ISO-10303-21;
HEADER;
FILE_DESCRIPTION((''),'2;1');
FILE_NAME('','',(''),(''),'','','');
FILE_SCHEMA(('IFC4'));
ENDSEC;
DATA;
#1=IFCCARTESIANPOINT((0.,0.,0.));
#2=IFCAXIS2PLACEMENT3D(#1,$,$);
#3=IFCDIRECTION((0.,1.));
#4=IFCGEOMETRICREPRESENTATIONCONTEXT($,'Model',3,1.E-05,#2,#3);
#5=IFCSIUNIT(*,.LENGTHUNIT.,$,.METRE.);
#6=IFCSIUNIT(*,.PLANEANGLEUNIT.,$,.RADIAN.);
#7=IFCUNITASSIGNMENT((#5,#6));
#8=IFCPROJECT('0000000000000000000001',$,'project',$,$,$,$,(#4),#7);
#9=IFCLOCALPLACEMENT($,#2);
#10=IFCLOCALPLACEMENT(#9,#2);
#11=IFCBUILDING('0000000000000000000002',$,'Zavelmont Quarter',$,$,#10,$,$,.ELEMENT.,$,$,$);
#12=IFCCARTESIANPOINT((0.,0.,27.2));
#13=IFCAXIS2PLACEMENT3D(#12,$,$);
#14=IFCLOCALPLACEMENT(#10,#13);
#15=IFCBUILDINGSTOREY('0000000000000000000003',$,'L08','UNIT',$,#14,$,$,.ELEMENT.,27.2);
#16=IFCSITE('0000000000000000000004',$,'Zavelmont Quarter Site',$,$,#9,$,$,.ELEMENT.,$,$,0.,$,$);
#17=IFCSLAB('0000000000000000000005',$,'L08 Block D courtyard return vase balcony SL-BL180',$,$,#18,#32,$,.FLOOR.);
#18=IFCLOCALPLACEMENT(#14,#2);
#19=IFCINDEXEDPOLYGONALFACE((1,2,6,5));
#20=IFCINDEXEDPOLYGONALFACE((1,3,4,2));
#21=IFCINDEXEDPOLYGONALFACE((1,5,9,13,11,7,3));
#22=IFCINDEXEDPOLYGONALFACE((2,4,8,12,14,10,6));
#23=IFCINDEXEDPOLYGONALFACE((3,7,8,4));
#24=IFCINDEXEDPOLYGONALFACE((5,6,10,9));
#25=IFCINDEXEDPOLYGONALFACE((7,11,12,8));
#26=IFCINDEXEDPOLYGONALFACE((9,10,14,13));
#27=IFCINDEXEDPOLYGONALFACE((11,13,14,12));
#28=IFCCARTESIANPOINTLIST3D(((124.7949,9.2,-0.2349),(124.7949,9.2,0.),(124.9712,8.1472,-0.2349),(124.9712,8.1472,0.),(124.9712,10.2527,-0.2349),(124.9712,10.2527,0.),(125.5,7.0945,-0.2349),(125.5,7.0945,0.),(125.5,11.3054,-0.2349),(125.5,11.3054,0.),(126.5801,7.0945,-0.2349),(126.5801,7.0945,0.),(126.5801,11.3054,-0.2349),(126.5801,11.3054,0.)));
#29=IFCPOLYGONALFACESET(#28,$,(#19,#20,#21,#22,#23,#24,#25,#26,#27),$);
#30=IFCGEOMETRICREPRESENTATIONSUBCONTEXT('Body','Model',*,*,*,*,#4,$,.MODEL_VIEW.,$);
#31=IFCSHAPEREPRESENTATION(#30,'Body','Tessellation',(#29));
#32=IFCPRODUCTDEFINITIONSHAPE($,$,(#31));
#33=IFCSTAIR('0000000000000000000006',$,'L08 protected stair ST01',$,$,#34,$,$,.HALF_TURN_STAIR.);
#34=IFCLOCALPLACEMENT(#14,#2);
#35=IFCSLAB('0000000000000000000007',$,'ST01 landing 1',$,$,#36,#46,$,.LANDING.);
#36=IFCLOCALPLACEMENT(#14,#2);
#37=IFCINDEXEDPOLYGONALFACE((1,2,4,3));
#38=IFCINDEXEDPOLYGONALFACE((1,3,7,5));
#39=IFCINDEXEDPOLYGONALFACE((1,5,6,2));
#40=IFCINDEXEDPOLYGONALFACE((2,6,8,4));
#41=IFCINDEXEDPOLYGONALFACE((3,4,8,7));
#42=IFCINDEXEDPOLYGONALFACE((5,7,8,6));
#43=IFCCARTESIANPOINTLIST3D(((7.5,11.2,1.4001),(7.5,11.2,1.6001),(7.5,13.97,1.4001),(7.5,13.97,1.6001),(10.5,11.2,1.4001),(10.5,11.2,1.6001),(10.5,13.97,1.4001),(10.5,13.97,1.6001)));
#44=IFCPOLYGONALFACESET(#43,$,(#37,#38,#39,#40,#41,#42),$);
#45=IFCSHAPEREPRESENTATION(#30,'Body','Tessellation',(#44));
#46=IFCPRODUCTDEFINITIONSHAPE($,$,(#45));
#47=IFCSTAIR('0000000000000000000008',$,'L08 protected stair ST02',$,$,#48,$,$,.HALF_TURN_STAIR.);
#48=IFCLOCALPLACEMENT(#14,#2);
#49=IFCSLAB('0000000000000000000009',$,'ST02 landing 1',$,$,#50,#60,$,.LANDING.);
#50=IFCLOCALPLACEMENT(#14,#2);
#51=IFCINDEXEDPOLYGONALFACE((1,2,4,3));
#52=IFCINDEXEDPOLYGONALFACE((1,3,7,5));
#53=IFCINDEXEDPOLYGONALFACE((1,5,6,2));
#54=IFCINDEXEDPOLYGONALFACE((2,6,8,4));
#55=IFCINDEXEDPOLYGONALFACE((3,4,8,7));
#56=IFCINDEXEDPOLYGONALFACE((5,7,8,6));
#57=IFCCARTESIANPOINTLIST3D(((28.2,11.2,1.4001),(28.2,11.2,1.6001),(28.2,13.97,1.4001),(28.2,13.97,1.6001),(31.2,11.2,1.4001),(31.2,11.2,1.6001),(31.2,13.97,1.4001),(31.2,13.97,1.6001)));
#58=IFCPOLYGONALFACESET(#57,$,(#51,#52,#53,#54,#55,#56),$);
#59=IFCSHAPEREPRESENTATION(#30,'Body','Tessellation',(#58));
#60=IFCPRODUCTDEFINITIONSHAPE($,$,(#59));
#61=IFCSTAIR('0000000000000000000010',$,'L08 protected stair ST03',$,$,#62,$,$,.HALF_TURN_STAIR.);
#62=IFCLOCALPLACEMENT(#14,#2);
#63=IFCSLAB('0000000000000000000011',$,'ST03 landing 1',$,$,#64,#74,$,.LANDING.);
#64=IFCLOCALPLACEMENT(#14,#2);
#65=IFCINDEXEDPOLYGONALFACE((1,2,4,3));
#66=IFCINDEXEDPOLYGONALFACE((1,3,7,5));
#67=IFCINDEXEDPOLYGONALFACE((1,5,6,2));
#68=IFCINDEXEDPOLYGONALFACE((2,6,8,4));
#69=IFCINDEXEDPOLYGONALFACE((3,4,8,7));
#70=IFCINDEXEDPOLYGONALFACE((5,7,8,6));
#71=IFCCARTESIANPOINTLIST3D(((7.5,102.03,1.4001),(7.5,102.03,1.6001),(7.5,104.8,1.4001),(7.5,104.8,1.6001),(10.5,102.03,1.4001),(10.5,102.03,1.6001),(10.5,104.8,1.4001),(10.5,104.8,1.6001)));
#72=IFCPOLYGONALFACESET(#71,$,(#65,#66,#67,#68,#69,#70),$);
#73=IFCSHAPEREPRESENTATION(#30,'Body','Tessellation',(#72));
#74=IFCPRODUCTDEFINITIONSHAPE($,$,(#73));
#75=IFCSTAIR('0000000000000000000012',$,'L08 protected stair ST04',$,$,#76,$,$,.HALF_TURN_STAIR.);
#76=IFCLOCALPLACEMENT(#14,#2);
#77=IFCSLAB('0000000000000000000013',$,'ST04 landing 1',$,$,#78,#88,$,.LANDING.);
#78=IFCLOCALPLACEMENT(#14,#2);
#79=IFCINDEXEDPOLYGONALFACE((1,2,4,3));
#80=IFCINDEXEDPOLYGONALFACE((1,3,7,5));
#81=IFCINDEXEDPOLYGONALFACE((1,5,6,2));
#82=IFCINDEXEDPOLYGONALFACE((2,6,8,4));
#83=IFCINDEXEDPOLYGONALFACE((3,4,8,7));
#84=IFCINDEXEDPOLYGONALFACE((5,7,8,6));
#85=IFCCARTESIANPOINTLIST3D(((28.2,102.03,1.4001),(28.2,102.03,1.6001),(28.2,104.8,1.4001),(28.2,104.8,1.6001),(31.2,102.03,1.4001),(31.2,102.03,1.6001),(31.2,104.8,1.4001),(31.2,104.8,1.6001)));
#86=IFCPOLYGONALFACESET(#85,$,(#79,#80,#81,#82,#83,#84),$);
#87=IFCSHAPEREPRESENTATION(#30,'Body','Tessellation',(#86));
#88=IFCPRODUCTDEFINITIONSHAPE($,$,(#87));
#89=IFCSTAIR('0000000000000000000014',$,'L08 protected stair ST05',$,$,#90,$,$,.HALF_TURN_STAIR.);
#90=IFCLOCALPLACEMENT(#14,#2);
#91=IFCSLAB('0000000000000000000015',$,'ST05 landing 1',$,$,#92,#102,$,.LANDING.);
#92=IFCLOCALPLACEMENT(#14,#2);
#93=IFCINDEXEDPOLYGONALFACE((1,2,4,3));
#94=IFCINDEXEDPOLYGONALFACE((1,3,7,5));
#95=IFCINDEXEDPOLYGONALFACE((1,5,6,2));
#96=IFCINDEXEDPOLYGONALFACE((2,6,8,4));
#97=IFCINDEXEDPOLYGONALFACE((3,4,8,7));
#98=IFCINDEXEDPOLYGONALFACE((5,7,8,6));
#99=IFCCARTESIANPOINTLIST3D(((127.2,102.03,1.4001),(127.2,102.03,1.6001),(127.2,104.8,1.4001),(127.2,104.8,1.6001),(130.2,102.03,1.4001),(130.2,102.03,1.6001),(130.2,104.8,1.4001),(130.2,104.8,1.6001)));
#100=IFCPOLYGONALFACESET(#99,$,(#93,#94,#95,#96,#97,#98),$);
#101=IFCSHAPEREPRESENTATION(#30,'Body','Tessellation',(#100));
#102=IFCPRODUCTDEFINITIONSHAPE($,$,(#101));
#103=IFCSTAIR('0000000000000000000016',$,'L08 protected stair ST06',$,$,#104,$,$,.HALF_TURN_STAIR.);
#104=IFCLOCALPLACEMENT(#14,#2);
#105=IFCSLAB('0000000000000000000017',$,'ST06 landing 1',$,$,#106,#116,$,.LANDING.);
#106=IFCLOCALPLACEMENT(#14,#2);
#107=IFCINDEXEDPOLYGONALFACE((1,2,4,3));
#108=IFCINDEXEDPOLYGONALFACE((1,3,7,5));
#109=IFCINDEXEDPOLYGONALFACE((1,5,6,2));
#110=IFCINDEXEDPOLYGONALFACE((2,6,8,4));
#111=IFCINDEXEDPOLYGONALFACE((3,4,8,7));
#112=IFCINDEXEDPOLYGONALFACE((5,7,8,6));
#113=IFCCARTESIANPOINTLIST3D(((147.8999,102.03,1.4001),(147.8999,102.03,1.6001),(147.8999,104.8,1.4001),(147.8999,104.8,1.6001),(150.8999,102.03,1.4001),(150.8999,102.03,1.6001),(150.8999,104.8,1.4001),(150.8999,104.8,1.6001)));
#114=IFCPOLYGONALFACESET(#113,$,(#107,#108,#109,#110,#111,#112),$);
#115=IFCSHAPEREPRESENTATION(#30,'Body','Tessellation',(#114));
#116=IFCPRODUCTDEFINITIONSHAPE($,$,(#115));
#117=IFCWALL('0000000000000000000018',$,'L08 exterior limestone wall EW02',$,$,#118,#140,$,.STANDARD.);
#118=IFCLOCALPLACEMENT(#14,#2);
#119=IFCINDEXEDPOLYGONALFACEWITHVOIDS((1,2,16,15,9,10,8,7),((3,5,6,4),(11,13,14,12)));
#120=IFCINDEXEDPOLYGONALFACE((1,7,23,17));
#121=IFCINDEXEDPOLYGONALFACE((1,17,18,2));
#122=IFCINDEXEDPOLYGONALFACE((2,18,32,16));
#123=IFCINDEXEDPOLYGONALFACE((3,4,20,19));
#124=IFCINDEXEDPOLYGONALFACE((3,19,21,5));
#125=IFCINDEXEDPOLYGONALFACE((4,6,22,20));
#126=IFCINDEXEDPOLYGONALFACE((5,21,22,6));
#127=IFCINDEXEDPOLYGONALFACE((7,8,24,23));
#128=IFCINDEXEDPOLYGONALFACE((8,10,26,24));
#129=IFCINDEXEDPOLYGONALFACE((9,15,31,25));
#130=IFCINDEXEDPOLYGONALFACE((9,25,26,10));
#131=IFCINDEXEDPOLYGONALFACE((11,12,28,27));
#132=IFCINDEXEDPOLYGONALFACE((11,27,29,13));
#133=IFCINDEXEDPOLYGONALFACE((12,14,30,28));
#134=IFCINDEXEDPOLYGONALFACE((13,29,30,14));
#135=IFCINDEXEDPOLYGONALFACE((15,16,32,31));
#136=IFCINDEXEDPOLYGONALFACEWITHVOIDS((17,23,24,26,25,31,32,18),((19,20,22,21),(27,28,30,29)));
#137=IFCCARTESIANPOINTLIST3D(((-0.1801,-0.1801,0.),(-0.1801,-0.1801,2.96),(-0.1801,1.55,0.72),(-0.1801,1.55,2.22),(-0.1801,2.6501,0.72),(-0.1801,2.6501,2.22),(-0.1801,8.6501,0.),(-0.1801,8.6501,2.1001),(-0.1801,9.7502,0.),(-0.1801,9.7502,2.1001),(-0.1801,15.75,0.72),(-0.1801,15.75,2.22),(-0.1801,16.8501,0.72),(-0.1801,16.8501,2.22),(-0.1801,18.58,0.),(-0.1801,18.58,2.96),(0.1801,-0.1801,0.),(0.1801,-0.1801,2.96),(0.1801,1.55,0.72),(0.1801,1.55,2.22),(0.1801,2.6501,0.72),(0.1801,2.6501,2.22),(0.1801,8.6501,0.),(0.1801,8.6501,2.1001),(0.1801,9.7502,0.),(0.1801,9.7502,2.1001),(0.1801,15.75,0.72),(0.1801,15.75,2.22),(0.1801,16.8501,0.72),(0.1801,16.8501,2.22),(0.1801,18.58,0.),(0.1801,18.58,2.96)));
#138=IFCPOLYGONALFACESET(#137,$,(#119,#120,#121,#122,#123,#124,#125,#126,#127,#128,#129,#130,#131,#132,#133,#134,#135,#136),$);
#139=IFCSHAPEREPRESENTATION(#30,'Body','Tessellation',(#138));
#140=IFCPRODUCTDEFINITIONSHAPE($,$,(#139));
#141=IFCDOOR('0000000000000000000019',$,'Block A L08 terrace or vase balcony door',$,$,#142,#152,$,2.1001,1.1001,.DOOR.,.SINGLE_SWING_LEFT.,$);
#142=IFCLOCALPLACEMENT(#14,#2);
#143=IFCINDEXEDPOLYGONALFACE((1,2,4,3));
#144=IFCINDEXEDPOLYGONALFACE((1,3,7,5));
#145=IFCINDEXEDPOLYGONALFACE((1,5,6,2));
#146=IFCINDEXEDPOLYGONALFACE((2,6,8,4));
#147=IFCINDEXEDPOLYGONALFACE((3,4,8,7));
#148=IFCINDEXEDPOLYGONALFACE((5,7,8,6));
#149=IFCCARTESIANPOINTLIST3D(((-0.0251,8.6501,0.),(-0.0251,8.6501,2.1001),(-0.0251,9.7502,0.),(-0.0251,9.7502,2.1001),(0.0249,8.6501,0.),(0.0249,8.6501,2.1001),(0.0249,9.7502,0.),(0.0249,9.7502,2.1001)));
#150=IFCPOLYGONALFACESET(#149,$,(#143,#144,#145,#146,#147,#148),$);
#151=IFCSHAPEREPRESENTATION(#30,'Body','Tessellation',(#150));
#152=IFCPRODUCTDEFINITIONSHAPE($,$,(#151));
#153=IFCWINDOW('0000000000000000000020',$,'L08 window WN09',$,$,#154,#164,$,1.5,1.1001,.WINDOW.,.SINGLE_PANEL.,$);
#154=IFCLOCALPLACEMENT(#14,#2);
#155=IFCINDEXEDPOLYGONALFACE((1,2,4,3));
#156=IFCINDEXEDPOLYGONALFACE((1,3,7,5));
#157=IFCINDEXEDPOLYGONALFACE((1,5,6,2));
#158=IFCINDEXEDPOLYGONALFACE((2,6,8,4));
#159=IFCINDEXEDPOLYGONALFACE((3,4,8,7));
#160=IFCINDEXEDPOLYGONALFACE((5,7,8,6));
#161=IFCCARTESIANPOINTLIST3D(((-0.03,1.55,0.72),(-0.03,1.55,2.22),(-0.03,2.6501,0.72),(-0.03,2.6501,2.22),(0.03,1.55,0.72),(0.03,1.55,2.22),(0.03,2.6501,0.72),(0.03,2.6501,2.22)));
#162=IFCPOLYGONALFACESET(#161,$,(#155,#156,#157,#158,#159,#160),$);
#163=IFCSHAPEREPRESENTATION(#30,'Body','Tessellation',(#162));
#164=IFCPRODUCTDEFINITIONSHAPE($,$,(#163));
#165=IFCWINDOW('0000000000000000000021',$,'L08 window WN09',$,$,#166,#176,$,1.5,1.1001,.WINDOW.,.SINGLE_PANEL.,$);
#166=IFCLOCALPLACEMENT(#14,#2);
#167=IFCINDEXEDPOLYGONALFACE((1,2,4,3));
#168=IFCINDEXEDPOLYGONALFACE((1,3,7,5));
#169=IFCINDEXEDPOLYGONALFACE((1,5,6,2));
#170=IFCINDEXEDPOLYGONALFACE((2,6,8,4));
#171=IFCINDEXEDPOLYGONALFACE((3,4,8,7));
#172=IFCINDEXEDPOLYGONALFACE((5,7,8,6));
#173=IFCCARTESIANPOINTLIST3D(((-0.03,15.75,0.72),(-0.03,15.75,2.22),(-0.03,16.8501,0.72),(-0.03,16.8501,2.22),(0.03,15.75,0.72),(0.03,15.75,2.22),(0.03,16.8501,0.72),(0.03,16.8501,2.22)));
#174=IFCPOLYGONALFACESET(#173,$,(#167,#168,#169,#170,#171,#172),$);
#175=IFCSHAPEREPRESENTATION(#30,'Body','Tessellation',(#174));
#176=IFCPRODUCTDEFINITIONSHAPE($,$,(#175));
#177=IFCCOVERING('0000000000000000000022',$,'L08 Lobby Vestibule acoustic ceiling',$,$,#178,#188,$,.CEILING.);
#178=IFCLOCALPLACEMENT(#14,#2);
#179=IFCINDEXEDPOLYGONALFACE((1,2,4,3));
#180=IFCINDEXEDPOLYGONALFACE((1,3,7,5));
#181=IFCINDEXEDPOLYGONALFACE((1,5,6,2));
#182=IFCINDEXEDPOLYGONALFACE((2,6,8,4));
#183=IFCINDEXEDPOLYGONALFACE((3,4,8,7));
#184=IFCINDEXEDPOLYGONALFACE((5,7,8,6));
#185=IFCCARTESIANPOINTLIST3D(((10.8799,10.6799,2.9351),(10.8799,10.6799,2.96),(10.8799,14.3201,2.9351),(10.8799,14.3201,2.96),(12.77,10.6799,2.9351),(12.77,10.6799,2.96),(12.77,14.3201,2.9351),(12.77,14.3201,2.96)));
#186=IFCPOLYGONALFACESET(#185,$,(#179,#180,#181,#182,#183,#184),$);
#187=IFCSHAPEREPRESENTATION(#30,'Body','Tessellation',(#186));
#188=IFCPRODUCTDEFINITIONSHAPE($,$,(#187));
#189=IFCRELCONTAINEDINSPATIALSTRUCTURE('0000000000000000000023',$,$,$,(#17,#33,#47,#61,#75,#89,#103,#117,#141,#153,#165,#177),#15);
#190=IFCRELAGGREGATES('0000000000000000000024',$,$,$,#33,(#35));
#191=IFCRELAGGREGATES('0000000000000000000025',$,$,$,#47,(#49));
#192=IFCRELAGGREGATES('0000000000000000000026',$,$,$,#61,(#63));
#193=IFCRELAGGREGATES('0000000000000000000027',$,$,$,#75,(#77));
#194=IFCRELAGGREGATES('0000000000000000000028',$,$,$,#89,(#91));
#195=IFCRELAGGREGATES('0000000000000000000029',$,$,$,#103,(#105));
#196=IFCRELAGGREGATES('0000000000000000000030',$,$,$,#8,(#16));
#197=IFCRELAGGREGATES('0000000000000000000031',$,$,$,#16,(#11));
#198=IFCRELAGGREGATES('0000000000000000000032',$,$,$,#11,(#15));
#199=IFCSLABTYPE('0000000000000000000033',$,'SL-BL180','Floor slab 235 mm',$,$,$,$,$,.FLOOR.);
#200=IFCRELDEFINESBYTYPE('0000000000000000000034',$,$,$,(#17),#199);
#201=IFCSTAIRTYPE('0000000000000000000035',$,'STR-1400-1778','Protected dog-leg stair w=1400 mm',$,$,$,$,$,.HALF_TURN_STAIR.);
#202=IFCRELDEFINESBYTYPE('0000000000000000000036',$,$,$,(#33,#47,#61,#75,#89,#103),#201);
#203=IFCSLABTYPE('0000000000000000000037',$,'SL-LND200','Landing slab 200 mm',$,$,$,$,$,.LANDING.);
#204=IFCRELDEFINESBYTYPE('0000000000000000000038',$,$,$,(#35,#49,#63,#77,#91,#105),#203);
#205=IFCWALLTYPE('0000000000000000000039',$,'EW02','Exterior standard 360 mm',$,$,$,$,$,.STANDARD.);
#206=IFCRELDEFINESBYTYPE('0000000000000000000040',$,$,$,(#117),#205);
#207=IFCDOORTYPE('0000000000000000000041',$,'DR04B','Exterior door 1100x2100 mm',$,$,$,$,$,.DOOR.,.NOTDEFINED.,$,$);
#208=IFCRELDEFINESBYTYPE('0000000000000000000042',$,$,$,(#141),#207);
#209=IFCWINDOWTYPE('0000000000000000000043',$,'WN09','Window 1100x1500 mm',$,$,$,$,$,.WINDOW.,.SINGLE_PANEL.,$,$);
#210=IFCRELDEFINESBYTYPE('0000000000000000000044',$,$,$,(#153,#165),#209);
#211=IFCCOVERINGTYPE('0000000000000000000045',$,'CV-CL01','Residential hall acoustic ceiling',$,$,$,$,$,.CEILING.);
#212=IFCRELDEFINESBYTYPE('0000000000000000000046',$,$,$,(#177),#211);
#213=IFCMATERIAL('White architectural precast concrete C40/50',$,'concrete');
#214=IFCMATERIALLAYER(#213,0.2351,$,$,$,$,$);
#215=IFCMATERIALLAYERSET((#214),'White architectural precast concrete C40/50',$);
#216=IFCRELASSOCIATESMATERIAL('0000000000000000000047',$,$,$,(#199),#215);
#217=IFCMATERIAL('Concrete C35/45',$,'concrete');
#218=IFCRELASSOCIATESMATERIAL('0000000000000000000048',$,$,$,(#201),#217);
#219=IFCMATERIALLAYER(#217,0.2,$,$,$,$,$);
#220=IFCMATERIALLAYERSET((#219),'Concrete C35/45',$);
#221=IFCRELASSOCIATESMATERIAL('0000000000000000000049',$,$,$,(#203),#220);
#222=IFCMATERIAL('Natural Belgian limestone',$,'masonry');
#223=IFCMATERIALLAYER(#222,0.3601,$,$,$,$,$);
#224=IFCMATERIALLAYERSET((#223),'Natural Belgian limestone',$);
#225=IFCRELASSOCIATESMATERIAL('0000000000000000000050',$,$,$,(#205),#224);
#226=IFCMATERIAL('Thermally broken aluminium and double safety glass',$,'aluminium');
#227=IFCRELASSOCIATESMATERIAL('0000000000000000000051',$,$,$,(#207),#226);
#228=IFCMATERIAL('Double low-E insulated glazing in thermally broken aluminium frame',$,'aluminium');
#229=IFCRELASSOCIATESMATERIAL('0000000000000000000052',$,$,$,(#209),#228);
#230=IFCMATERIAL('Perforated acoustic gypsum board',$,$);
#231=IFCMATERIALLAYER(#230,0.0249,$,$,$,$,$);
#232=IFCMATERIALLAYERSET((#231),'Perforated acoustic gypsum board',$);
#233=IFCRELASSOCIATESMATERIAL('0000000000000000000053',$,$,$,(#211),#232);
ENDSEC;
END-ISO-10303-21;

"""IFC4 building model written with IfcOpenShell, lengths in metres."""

from ifc_helpers import new_model, si_unit, direction, frame, frame_2d, origin, origin_with_axes, place, context, subcontext, project, spatial, polyline, rectangle, outline, extrude, material, layer, layer_set, type_object, element, fill, aggregate, save


model = new_model("IFC4")

# Units and contexts
model_context = context("Model", 3, precision=1e-05, world=origin(), true_north=direction((0.0, 1.0)))
body_context = subcontext(model_context, "Body", "Model", "MODEL_VIEW")
ifc_project = project(units=[si_unit("LENGTHUNIT", "METRE"), si_unit("PLANEANGLEUNIT", "RADIAN")], contexts=[model_context])

# Site, building, storey
site_placement = place(None, origin())
site = spatial("IfcSite", under=ifc_project, at=site_placement, Name="Zavelmont Quarter Site", CompositionType="ELEMENT", RefElevation=0.0)
building_placement = place(site_placement, origin())
building = spatial("IfcBuilding", under=site, at=building_placement, Name="Zavelmont Quarter", CompositionType="ELEMENT")
storey_placement = place(building_placement, frame((0.0, 0.0, 27.2)))
storey = spatial("IfcBuildingStorey", under=building, at=storey_placement, Name="L08", Description="UNIT", CompositionType="ELEMENT", Elevation=27.2)

# Slab
ifc_material_1 = material(Name="White architectural precast concrete C40/50", Category="concrete")
ifc_layer_1 = layer(ifc_material_1, 0.2351)
ifc_layer_set_1 = layer_set([ifc_layer_1], Name="White architectural precast concrete C40/50")
slab_type_1 = type_object("IfcSlabType", Name="SL-BL180", Description="Floor slab 235 mm", PredefinedType="FLOOR", material=ifc_layer_set_1)
slab_1_placement = place(storey_placement, frame((0.0, 0.0, -0.2349)))
element("IfcSlab", 1, at=slab_1_placement, inside=storey, type_object=slab_type_1, Name="L08 Block D courtyard return vase balcony SL-BL180", PredefinedType="FLOOR", context=body_context, shape_type="SweptSolid", body=[
    extrude(outline(polyline([(126.5801, 11.3054), (125.5, 11.3054), (124.9712, 10.2527), (124.7949, 9.2), (124.9712, 8.1472), (125.5, 7.0945), (126.5801, 7.0945), (126.5801, 11.3054)])), origin(), (0.0, 0.0, 1.0), 0.2349),
])

# Stairs, slabs
ifc_material_2 = material(Name="Concrete C35/45", Category="concrete")
stair_type = type_object("IfcStairType", Name="STR-1400-1778", Description="Protected dog-leg stair w=1400 mm", PredefinedType="HALF_TURN_STAIR", material=ifc_material_2)
stair_1_placement = place(storey_placement, origin())
stair_1 = element("IfcStair", 2, at=stair_1_placement, inside=storey, type_object=stair_type, Name="L08 protected stair ST01", PredefinedType="HALF_TURN_STAIR")
ifc_layer_2 = layer(ifc_material_2, 0.2)
ifc_layer_set_2 = layer_set([ifc_layer_2], Name="Concrete C35/45")
slab_type_2 = type_object("IfcSlabType", Name="SL-LND200", Description="Landing slab 200 mm", PredefinedType="LANDING", material=ifc_layer_set_2)
slab_2_placement = place(storey_placement, frame((0.0, 0.0, 1.4001)))
slab_2 = element("IfcSlab", 3, at=slab_2_placement, type_object=slab_type_2, Name="ST01 landing 1", PredefinedType="LANDING", context=body_context, shape_type="SweptSolid", body=[
    extrude(outline(polyline([(7.5, 13.97), (7.5, 11.2), (10.5, 11.2), (10.5, 13.97), (7.5, 13.97)])), origin(), (0.0, 0.0, 1.0), 0.2),
])
aggregate(stair_1, [slab_2])
stair_2_placement = place(storey_placement, origin())
stair_2 = element("IfcStair", 4, at=stair_2_placement, inside=storey, type_object=stair_type, Name="L08 protected stair ST02", PredefinedType="HALF_TURN_STAIR")
slab_3_placement = place(storey_placement, frame((0.0, 0.0, 1.4001)))
slab_3 = element("IfcSlab", 5, at=slab_3_placement, type_object=slab_type_2, Name="ST02 landing 1", PredefinedType="LANDING", context=body_context, shape_type="SweptSolid", body=[
    extrude(outline(polyline([(28.2, 13.97), (28.2, 11.2), (31.2, 11.2), (31.2, 13.97), (28.2, 13.97)])), origin(), (0.0, 0.0, 1.0), 0.2),
])
aggregate(stair_2, [slab_3])
stair_3_placement = place(storey_placement, origin())
stair_3 = element("IfcStair", 6, at=stair_3_placement, inside=storey, type_object=stair_type, Name="L08 protected stair ST03", PredefinedType="HALF_TURN_STAIR")
slab_4_placement = place(storey_placement, frame((0.0, 0.0, 1.4001)))
slab_4 = element("IfcSlab", 7, at=slab_4_placement, type_object=slab_type_2, Name="ST03 landing 1", PredefinedType="LANDING", context=body_context, shape_type="SweptSolid", body=[
    extrude(outline(polyline([(10.5, 102.03), (10.5, 104.8), (7.5, 104.8), (7.5, 102.03), (10.5, 102.03)])), origin(), (0.0, 0.0, 1.0), 0.2),
])
aggregate(stair_3, [slab_4])
stair_4_placement = place(storey_placement, origin())
stair_4 = element("IfcStair", 8, at=stair_4_placement, inside=storey, type_object=stair_type, Name="L08 protected stair ST04", PredefinedType="HALF_TURN_STAIR")
slab_5_placement = place(storey_placement, frame((0.0, 0.0, 1.4001)))
slab_5 = element("IfcSlab", 9, at=slab_5_placement, type_object=slab_type_2, Name="ST04 landing 1", PredefinedType="LANDING", context=body_context, shape_type="SweptSolid", body=[
    extrude(outline(polyline([(31.2, 102.03), (31.2, 104.8), (28.2, 104.8), (28.2, 102.03), (31.2, 102.03)])), origin(), (0.0, 0.0, 1.0), 0.2),
])
aggregate(stair_4, [slab_5])
stair_5_placement = place(storey_placement, origin())
stair_5 = element("IfcStair", 10, at=stair_5_placement, inside=storey, type_object=stair_type, Name="L08 protected stair ST05", PredefinedType="HALF_TURN_STAIR")
slab_6_placement = place(storey_placement, frame((0.0, 0.0, 1.4001)))
slab_6 = element("IfcSlab", 11, at=slab_6_placement, type_object=slab_type_2, Name="ST05 landing 1", PredefinedType="LANDING", context=body_context, shape_type="SweptSolid", body=[
    extrude(outline(polyline([(130.2, 102.03), (130.2, 104.8), (127.2, 104.8), (127.2, 102.03), (130.2, 102.03)])), origin(), (0.0, 0.0, 1.0), 0.2),
])
aggregate(stair_5, [slab_6])
stair_6_placement = place(storey_placement, origin())
stair_6 = element("IfcStair", 12, at=stair_6_placement, inside=storey, type_object=stair_type, Name="L08 protected stair ST06", PredefinedType="HALF_TURN_STAIR")
slab_7_placement = place(storey_placement, frame((0.0, 0.0, 1.4001)))
slab_7 = element("IfcSlab", 13, at=slab_7_placement, type_object=slab_type_2, Name="ST06 landing 1", PredefinedType="LANDING", context=body_context, shape_type="SweptSolid", body=[
    extrude(outline(polyline([(150.8999, 102.03), (150.8999, 104.8), (147.8999, 104.8), (147.8999, 102.03), (150.8999, 102.03)])), origin(), (0.0, 0.0, 1.0), 0.2),
])
aggregate(stair_6, [slab_7])

# Wall, openings, door, windows
ifc_material_3 = material(Name="Natural Belgian limestone", Category="masonry")
ifc_layer_3 = layer(ifc_material_3, 0.3601)
ifc_layer_set_3 = layer_set([ifc_layer_3], Name="Natural Belgian limestone")
wall_type = type_object("IfcWallType", Name="EW02", Description="Exterior standard 360 mm", PredefinedType="STANDARD", material=ifc_layer_set_3)
wall_placement = place(storey_placement, frame((0.0, -0.1799, 0.0), z_axis=(0.0, 0.0, 1.0), x_axis=(0.0, 1.0, 0.0)))
wall = element("IfcWall", 14, at=wall_placement, inside=storey, type_object=wall_type, Name="L08 exterior limestone wall EW02", PredefinedType="STANDARD", context=body_context, shape_type="SweptSolid", body=[
    extrude(rectangle(XDim=18.76, YDim=0.3601, at=frame_2d((9.3799, 0.0))), origin(), (0.0, 0.0, 1.0), 2.96),
])
opening_1_placement = place(wall_placement, frame((8.8301, 0.0, 0.0)))
opening_1 = element("IfcOpeningElement", 15, at=opening_1_placement, cuts=wall, PredefinedType="OPENING", context=body_context, shape_type="SweptSolid", body=[
    extrude(rectangle(XDim=1.1001, YDim=2.1001, at=frame_2d((0.55, 1.05))), frame((0.0, 0.1919, 0.0), z_axis=(0.0, -1.0, 0.0), x_axis=(1.0, 0.0, 0.0)), (0.0, 0.0, 1.0), 0.384),
])
opening_2_placement = place(wall_placement, frame((1.73, 0.0, 0.72)))
opening_2 = element("IfcOpeningElement", 16, at=opening_2_placement, cuts=wall, PredefinedType="OPENING", context=body_context, shape_type="SweptSolid", body=[
    extrude(rectangle(XDim=1.1001, YDim=1.5, at=frame_2d((0.55, 0.75))), frame((0.0, 0.1919, 0.0), z_axis=(0.0, -1.0, 0.0), x_axis=(1.0, 0.0, 0.0)), (0.0, 0.0, 1.0), 0.384),
])
opening_3_placement = place(wall_placement, frame((15.9299, 0.0, 0.72)))
opening_3 = element("IfcOpeningElement", 17, at=opening_3_placement, cuts=wall, PredefinedType="OPENING", context=body_context, shape_type="SweptSolid", body=[
    extrude(rectangle(XDim=1.1001, YDim=1.5, at=frame_2d((0.55, 0.75))), frame((0.0, 0.1919, 0.0), z_axis=(0.0, -1.0, 0.0), x_axis=(1.0, 0.0, 0.0)), (0.0, 0.0, 1.0), 0.384),
])
ifc_material_4 = material(Name="Thermally broken aluminium and double safety glass", Category="aluminium")
door_type = type_object("IfcDoorType", Name="DR04B", Description="Exterior door 1100x2100 mm", OperationType="NOTDEFINED", PredefinedType="DOOR", material=ifc_material_4)
door_placement = place(opening_1_placement, frame((1.1001, 0.0, 0.0), z_axis=(0.0, 0.0, 1.0), x_axis=(-1.0, 0.0, 0.0)))
door = element("IfcDoor", 18, at=door_placement, inside=storey, type_object=door_type, Name="Block A L08 terrace or vase balcony door", OperationType="SINGLE_SWING_LEFT", OverallHeight=2.1001, OverallWidth=1.1001, PredefinedType="DOOR", context=body_context, shape_type="SweptSolid", body=[
    extrude(rectangle(XDim=1.1001, YDim=2.1001, at=frame_2d((0.55, 1.05))), frame((0.0, 0.0249, 0.0), z_axis=(0.0, -1.0, 0.0), x_axis=(1.0, 0.0, 0.0)), (0.0, 0.0, 1.0), 0.05),
])
fill(opening_1, door)
ifc_material_5 = material(Name="Double low-E insulated glazing in thermally broken aluminium frame", Category="aluminium")
window_type = type_object("IfcWindowType", Name="WN09", Description="Window 1100x1500 mm", PartitioningType="SINGLE_PANEL", PredefinedType="WINDOW", material=ifc_material_5)
window_1_placement = place(opening_2_placement, origin_with_axes())
window_1 = element("IfcWindow", 19, at=window_1_placement, inside=storey, type_object=window_type, Name="L08 window WN09", OverallHeight=1.5, OverallWidth=1.1001, PartitioningType="SINGLE_PANEL", PredefinedType="WINDOW", context=body_context, shape_type="SweptSolid", body=[
    extrude(rectangle(XDim=1.1001, YDim=1.5, at=frame_2d((0.55, 0.75))), frame((0.0, 0.03, 0.0), z_axis=(0.0, -1.0, 0.0), x_axis=(1.0, 0.0, 0.0)), (0.0, 0.0, 1.0), 0.0601),
])
fill(opening_2, window_1)
window_2_placement = place(opening_3_placement, origin_with_axes())
window_2 = element("IfcWindow", 20, at=window_2_placement, inside=storey, type_object=window_type, Name="L08 window WN09", OverallHeight=1.5, OverallWidth=1.1001, PartitioningType="SINGLE_PANEL", PredefinedType="WINDOW", context=body_context, shape_type="SweptSolid", body=[
    extrude(rectangle(XDim=1.1001, YDim=1.5, at=frame_2d((0.55, 0.75))), frame((0.0, 0.03, 0.0), z_axis=(0.0, -1.0, 0.0), x_axis=(1.0, 0.0, 0.0)), (0.0, 0.0, 1.0), 0.0601),
])
fill(opening_3, window_2)

# Covering
ifc_material_6 = material(Name="Perforated acoustic gypsum board")
ifc_layer_4 = layer(ifc_material_6, 0.0249)
ifc_layer_set_4 = layer_set([ifc_layer_4], Name="Perforated acoustic gypsum board")
covering_type_1 = type_object("IfcCoveringType", Name="CV-CL01", Description="Residential hall acoustic ceiling", PredefinedType="CEILING", material=ifc_layer_set_4)
covering_1_placement = place(storey_placement, frame((0.0, 0.0, 2.9351)))
element("IfcCovering", 21, at=covering_1_placement, inside=storey, type_object=covering_type_1, Name="L08 Lobby Vestibule acoustic ceiling", PredefinedType="CEILING", context=body_context, shape_type="SweptSolid", body=[
    extrude(outline(polyline([(10.8799, 14.3201), (12.77, 14.3201), (12.77, 10.6799), (10.8799, 10.6799), (10.8799, 14.3201)])), origin(), (0.0, 0.0, 1.0), 0.0249),
])

save(model, "model.ifc")
